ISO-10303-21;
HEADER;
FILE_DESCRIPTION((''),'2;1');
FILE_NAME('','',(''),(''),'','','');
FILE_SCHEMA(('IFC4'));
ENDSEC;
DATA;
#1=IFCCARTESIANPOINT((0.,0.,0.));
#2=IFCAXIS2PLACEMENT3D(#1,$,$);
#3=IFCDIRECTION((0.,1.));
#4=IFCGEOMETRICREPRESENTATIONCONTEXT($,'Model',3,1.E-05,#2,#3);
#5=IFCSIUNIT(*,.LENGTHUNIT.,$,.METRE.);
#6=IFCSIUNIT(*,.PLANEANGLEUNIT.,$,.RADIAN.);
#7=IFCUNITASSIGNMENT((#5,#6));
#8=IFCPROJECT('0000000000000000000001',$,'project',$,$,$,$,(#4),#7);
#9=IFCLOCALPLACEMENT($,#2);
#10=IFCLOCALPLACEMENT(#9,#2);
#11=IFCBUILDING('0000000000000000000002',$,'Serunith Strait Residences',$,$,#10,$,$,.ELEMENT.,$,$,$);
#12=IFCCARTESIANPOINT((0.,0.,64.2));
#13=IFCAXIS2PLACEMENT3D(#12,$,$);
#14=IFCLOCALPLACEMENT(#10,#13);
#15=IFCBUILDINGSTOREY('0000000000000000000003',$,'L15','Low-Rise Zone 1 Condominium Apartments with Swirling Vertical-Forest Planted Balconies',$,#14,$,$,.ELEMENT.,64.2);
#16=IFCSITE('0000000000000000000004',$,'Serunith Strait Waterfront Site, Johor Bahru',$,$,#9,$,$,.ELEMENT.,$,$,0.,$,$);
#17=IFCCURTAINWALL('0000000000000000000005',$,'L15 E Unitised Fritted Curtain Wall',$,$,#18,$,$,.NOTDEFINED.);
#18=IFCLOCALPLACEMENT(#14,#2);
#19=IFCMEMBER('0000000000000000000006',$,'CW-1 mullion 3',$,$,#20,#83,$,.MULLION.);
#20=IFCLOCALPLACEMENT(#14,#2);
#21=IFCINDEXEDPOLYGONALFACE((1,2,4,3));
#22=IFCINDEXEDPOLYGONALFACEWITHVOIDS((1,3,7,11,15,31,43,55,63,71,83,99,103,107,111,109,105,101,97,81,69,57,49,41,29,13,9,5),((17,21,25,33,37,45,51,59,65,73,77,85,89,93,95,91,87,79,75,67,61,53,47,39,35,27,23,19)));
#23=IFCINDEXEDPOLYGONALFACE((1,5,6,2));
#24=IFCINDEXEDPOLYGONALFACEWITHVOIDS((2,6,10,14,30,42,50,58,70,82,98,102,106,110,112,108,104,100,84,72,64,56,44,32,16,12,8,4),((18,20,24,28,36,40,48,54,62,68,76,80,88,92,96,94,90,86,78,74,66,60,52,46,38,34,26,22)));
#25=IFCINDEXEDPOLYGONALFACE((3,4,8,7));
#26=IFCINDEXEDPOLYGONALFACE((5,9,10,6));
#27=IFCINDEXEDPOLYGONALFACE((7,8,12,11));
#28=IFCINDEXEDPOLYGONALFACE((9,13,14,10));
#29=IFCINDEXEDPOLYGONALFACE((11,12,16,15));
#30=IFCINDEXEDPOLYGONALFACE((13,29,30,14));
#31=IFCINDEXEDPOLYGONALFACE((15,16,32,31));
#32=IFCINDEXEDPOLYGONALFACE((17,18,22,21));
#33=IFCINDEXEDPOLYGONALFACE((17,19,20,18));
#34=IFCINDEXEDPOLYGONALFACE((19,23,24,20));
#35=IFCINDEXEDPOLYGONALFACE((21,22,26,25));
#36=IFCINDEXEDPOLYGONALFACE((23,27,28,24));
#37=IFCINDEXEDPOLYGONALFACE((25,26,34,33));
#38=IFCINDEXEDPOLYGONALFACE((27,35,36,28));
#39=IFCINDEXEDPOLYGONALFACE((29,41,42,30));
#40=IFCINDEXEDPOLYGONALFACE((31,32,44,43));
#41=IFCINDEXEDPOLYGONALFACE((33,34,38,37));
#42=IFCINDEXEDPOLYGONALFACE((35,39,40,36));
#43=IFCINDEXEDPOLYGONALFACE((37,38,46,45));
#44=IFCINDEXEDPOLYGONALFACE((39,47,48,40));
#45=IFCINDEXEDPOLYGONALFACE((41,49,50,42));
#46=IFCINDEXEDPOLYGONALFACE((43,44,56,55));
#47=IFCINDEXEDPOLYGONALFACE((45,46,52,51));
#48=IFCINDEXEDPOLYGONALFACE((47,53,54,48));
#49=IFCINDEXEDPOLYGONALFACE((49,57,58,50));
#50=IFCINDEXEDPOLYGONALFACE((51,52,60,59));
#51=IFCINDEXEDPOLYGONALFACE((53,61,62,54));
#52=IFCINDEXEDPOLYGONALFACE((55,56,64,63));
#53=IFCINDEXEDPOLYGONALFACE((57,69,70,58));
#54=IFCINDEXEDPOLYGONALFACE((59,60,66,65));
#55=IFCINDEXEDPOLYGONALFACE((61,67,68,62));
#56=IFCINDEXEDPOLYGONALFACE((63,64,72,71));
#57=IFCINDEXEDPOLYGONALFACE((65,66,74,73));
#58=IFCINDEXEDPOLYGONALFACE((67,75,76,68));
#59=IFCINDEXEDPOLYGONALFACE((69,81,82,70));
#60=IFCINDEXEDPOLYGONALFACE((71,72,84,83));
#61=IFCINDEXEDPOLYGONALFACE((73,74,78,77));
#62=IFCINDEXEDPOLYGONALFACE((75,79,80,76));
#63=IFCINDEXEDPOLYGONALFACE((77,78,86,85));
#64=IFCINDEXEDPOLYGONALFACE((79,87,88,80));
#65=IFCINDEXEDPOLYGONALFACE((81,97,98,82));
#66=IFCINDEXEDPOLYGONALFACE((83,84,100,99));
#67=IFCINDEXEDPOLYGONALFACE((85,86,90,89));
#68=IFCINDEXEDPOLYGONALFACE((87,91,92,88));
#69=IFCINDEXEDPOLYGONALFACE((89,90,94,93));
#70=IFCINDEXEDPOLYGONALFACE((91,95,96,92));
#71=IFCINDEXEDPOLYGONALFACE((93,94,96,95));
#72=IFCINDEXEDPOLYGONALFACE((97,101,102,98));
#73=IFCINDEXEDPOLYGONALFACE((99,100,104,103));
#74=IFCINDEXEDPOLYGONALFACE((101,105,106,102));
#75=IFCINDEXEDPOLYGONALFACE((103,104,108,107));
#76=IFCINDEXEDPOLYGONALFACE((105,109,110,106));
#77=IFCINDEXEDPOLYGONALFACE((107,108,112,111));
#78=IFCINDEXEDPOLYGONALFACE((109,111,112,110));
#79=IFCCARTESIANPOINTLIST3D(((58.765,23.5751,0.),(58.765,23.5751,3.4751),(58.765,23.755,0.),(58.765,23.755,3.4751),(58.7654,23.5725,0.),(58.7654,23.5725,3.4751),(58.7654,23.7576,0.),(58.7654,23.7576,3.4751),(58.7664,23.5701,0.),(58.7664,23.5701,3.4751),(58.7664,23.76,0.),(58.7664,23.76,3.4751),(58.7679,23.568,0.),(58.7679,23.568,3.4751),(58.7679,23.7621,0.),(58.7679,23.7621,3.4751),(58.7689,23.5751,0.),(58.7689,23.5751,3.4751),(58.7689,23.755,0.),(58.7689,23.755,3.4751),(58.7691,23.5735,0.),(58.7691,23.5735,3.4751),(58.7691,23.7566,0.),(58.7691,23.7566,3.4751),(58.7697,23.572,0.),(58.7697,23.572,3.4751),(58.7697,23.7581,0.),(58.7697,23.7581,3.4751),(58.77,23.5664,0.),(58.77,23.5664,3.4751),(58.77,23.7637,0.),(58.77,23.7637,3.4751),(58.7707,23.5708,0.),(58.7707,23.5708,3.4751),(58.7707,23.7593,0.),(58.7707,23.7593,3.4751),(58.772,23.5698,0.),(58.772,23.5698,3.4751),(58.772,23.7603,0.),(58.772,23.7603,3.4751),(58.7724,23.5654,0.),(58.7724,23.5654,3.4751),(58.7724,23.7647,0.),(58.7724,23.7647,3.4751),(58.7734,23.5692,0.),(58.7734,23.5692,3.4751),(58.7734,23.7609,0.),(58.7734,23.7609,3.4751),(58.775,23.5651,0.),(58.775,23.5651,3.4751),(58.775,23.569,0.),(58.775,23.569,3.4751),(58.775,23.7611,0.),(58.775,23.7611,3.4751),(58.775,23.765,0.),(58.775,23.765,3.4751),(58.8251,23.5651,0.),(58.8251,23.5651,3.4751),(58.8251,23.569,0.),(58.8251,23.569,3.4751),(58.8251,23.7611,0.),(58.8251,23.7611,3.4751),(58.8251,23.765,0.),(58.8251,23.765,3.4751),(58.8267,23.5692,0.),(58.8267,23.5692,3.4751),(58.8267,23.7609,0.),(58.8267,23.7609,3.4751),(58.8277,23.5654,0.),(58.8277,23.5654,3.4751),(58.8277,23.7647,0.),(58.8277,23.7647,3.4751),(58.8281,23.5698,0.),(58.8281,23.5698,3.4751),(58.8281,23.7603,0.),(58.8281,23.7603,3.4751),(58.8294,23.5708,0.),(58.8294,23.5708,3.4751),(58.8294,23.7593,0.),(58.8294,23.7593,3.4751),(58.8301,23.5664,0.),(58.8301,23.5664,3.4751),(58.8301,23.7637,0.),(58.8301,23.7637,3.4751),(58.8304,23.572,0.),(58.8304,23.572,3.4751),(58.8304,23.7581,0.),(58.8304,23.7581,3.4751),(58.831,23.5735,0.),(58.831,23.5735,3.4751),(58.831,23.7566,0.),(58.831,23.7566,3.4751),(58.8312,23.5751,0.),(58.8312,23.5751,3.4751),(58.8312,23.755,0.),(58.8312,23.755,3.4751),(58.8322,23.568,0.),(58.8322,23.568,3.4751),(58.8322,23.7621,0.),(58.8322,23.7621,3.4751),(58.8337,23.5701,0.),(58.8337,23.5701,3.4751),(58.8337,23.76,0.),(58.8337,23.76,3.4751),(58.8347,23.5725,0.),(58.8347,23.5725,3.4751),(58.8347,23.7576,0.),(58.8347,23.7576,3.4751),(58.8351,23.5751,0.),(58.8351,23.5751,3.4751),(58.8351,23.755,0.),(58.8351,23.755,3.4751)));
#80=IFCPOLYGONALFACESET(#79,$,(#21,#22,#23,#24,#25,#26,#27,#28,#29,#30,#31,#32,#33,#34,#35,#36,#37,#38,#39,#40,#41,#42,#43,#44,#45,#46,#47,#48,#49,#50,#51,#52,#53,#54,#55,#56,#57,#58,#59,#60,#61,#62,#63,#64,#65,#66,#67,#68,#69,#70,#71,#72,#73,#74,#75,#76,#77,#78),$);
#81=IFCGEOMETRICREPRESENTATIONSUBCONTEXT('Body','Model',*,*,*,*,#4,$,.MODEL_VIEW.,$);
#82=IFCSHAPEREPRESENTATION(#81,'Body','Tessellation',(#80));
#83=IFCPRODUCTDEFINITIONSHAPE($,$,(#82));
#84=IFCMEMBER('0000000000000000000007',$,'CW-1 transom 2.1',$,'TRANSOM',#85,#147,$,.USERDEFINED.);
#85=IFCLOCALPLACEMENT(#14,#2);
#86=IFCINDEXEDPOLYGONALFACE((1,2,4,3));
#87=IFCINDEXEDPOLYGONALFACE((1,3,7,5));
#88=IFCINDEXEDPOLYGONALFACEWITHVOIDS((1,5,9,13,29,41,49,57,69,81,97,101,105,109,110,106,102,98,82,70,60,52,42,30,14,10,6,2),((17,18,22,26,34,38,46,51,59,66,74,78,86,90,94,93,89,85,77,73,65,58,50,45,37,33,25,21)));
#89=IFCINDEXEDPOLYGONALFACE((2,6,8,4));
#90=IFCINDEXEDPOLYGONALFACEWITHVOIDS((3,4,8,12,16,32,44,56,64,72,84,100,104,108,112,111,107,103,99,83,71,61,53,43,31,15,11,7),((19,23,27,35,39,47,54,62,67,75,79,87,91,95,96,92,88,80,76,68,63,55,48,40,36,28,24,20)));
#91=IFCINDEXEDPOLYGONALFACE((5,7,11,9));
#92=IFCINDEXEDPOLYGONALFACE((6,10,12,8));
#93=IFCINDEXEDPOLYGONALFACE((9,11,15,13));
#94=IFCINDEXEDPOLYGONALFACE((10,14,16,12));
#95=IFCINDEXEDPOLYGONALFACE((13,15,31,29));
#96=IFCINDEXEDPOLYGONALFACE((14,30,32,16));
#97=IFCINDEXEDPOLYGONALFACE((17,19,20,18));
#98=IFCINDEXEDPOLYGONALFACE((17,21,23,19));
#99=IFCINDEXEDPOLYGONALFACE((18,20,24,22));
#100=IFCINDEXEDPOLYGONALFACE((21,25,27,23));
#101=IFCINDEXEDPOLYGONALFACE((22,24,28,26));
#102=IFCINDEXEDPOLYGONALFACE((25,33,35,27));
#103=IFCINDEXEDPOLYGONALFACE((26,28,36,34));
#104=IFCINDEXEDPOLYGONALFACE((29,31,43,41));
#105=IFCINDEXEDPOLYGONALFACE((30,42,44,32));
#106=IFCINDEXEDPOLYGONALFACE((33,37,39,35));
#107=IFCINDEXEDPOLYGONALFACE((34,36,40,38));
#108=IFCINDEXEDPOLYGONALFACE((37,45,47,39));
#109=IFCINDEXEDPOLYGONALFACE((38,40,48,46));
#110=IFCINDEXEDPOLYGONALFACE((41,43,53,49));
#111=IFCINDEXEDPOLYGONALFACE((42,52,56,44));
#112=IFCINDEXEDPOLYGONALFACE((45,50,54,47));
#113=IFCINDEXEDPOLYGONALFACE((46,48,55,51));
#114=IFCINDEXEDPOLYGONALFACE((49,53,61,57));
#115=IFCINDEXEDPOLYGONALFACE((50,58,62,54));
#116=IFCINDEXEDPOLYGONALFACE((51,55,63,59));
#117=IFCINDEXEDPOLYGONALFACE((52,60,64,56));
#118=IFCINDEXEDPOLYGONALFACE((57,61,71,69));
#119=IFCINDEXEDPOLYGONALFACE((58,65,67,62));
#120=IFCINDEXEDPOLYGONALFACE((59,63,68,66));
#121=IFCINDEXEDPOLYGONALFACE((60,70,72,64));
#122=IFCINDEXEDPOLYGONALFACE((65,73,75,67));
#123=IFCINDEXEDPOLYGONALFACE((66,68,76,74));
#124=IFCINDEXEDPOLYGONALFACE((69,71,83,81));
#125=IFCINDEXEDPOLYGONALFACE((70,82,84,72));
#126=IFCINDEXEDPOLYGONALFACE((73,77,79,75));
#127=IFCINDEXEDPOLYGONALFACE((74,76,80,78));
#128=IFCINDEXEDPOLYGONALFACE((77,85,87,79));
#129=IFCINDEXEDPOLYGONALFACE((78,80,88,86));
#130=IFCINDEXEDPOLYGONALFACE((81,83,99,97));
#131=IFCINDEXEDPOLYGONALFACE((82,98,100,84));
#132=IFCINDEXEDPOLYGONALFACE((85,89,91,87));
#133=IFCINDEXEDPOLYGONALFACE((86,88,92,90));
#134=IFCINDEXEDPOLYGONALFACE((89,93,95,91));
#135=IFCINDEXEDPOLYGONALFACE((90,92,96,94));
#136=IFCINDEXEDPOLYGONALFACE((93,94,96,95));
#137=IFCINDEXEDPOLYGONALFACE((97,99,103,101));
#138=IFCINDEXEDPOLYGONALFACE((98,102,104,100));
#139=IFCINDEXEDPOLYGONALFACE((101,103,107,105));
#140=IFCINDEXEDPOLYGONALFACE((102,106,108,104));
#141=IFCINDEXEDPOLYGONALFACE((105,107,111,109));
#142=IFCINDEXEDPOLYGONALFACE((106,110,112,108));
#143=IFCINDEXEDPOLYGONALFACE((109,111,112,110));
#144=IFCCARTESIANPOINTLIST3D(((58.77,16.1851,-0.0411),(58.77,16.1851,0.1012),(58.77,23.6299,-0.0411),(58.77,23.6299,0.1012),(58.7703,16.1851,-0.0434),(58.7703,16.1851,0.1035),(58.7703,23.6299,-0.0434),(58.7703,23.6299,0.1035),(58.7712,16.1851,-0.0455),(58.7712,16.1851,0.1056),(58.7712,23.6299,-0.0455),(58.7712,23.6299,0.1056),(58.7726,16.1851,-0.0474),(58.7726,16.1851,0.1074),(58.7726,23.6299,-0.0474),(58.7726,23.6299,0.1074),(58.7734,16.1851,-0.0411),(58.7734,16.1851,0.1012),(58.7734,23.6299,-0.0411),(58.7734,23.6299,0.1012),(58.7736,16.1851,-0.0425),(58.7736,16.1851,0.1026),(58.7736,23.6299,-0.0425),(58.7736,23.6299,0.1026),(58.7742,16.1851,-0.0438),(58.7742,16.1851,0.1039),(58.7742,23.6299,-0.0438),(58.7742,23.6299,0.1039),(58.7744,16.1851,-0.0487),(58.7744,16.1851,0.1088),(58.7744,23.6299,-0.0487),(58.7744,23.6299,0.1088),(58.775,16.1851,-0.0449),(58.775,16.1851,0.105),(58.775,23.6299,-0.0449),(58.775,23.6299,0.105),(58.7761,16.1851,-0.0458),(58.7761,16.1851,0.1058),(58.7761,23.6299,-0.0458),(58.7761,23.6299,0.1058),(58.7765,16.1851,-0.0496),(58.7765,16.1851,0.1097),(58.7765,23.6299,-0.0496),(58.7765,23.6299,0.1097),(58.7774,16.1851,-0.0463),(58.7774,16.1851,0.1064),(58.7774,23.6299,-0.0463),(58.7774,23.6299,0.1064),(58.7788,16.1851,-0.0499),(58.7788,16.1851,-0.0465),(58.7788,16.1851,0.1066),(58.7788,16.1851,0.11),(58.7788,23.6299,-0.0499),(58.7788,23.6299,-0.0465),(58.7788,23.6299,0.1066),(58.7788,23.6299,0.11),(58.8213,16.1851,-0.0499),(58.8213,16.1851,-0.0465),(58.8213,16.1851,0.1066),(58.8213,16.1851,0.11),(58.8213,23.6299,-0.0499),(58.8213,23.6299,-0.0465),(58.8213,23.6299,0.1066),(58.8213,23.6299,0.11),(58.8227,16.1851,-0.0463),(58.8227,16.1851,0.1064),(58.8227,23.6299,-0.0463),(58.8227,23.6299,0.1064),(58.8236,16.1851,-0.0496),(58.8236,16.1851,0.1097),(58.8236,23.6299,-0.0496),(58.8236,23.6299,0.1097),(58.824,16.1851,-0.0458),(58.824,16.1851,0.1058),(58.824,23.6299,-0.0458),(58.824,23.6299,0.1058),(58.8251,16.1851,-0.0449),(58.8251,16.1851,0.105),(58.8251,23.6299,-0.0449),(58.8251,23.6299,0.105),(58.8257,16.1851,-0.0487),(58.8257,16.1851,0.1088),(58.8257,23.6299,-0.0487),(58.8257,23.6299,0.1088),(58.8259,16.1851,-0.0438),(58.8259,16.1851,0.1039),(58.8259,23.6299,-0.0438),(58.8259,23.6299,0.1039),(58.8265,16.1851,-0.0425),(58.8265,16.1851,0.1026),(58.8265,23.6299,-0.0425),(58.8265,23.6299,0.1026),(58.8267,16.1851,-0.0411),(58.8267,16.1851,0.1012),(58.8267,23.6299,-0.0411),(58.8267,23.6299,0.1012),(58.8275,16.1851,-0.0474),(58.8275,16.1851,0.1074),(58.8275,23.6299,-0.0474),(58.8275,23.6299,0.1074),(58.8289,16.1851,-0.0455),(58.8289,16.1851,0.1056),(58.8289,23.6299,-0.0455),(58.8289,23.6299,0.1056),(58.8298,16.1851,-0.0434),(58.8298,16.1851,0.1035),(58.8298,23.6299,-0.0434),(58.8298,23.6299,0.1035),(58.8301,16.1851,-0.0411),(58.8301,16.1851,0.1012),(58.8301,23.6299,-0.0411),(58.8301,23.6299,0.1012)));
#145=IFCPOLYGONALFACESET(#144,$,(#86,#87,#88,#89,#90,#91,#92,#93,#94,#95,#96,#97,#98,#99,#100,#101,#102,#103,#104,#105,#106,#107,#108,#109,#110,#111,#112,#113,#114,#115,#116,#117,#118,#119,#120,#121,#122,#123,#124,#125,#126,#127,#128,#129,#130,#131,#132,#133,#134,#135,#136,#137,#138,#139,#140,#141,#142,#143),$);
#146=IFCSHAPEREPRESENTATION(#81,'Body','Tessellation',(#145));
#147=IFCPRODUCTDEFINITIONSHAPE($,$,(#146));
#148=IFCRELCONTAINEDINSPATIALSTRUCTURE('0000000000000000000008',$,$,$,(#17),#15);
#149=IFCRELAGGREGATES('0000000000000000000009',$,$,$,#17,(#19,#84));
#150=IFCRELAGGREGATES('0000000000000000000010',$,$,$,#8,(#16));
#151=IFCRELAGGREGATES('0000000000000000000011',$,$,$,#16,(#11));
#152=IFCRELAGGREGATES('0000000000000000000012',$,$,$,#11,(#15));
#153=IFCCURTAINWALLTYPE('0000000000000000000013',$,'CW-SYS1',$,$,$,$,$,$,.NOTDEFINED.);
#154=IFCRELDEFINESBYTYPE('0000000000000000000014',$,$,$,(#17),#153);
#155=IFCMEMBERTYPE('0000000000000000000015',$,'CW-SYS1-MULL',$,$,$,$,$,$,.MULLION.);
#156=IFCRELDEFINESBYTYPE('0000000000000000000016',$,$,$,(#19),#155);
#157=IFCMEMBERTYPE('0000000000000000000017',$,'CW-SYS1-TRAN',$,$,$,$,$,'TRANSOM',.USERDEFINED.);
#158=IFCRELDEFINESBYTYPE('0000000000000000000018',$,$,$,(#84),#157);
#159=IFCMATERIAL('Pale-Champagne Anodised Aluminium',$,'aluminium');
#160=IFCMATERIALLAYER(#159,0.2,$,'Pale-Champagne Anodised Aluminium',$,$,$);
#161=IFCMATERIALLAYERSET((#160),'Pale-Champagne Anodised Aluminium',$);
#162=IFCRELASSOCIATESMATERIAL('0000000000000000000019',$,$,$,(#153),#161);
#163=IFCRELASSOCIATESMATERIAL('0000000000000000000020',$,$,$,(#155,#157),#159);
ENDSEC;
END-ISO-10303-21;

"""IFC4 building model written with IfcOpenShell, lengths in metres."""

from ifc_helpers import new_model, si_unit, direction, frame, origin, origin_2d, place, context, subcontext, project, spatial, hollow_rectangle, extrude, source, transform, mapped, material, layer, layer_set, material_profile, profile_set, type_object, element, aggregate, save


model = new_model("IFC4")

# Units and contexts
model_context = context("Model", 3, precision=1e-05, world=origin(), true_north=direction((0.0, 1.0)))
body_context = subcontext(model_context, "Body", "Model", "MODEL_VIEW")
ifc_project = project(units=[si_unit("LENGTHUNIT", "METRE"), si_unit("PLANEANGLEUNIT", "RADIAN")], contexts=[model_context])

# Site, building, storey
site_placement = place(None, origin())
site = spatial("IfcSite", under=ifc_project, at=site_placement, Name="Serunith Strait Waterfront Site, Johor Bahru", CompositionType="ELEMENT", RefElevation=0.0)
building_placement = place(site_placement, origin())
building = spatial("IfcBuilding", under=site, at=building_placement, Name="Serunith Strait Residences", CompositionType="ELEMENT")
storey_placement = place(building_placement, frame((0.0, 0.0, 64.2)))
storey = spatial("IfcBuildingStorey", under=building, at=storey_placement, Name="L15", Description="Low-Rise Zone 1 Condominium Apartments with Swirling Vertical-Forest Planted Balconies", CompositionType="ELEMENT", Elevation=64.2)

# Curtain wall, members
ifc_material_1 = material(Name="Pale-Champagne Anodised Aluminium", Category="aluminium")
ifc_layer_1 = layer(ifc_material_1, 0.2, Name="Pale-Champagne Anodised Aluminium")
ifc_layer_set_1 = layer_set([ifc_layer_1], Name="Pale-Champagne Anodised Aluminium")
curtain_wall_type = type_object("IfcCurtainWallType", Name="CW-SYS1", PredefinedType="NOTDEFINED", material=ifc_layer_set_1)
curtain_wall_placement = place(storey_placement, origin())
curtain_wall = element("IfcCurtainWall", 1, at=curtain_wall_placement, inside=storey, type_object=curtain_wall_type, Name="L15 E Unitised Fritted Curtain Wall", PredefinedType="NOTDEFINED")
ifc_material_profile_1 = material_profile(ifc_material_1, hollow_rectangle(XDim=0.0701, YDim=0.2, WallThickness=0.0039, InnerFilletRadius=0.0061, OuterFilletRadius=0.01, at=origin_2d()), Name="ALU 200x70x4")
ifc_profile_set_1 = profile_set([ifc_material_profile_1], Name="Pale-Champagne Anodised Aluminium")
member_type_1 = type_object("IfcMemberType", Name="CW-SYS1-MULL", PredefinedType="MULLION", material=ifc_profile_set_1)
shared_shape_1 = source(origin(), body_context, "Body", "SweptSolid", [
    extrude(hollow_rectangle(XDim=0.0701, YDim=0.2, WallThickness=0.0039, InnerFilletRadius=0.0061, OuterFilletRadius=0.01, at=origin_2d()), origin(), (0.0, 0.0, 1.0), 3.4751),
])
member_1_placement = place(storey_placement, frame((58.8, 23.665, 0.0), z_axis=(0.0, 0.0, 1.0), x_axis=(-1.0, 0.0, 0.0)))
member_1 = element("IfcMember", 2, at=member_1_placement, type_object=member_type_1, Name="CW-1 mullion 3", PredefinedType="MULLION", context=body_context, shape_type="MappedRepresentation", body=[
    mapped(shared_shape_1, transform((0.0, 0.0, 0.0), scale=1.0)),
])
ifc_material_profile_2 = material_profile(ifc_material_1, hollow_rectangle(XDim=0.0601, YDim=0.1599, WallThickness=0.0034, InnerFilletRadius=0.0054, OuterFilletRadius=0.0088, at=origin_2d()), Name="ALU 160x60x3.5")
ifc_profile_set_2 = profile_set([ifc_material_profile_2], Name="Pale-Champagne Anodised Aluminium")
member_type_2 = type_object("IfcMemberType", Name="CW-SYS1-TRAN", ElementType="TRANSOM", PredefinedType="USERDEFINED", material=ifc_profile_set_2)
shared_shape_2 = source(origin(), body_context, "Body", "SweptSolid", [
    extrude(hollow_rectangle(XDim=0.0601, YDim=0.1599, WallThickness=0.0034, InnerFilletRadius=0.0054, OuterFilletRadius=0.0088, at=origin_2d()), origin(), (0.0, 0.0, 1.0), 7.4448),
])
member_2_placement = place(storey_placement, frame((58.8, 16.1851, 0.03), z_axis=(0.0, 1.0, 0.0), x_axis=(-1.0, 0.0, 0.0)))
member_2 = element("IfcMember", 3, at=member_2_placement, type_object=member_type_2, Name="CW-1 transom 2.1", ObjectType="TRANSOM", PredefinedType="USERDEFINED", context=body_context, shape_type="MappedRepresentation", body=[
    mapped(shared_shape_2, transform((0.0, 0.0, 0.0), scale=1.0)),
])
aggregate(curtain_wall, [member_1, member_2])

save(model, "model.ifc")
